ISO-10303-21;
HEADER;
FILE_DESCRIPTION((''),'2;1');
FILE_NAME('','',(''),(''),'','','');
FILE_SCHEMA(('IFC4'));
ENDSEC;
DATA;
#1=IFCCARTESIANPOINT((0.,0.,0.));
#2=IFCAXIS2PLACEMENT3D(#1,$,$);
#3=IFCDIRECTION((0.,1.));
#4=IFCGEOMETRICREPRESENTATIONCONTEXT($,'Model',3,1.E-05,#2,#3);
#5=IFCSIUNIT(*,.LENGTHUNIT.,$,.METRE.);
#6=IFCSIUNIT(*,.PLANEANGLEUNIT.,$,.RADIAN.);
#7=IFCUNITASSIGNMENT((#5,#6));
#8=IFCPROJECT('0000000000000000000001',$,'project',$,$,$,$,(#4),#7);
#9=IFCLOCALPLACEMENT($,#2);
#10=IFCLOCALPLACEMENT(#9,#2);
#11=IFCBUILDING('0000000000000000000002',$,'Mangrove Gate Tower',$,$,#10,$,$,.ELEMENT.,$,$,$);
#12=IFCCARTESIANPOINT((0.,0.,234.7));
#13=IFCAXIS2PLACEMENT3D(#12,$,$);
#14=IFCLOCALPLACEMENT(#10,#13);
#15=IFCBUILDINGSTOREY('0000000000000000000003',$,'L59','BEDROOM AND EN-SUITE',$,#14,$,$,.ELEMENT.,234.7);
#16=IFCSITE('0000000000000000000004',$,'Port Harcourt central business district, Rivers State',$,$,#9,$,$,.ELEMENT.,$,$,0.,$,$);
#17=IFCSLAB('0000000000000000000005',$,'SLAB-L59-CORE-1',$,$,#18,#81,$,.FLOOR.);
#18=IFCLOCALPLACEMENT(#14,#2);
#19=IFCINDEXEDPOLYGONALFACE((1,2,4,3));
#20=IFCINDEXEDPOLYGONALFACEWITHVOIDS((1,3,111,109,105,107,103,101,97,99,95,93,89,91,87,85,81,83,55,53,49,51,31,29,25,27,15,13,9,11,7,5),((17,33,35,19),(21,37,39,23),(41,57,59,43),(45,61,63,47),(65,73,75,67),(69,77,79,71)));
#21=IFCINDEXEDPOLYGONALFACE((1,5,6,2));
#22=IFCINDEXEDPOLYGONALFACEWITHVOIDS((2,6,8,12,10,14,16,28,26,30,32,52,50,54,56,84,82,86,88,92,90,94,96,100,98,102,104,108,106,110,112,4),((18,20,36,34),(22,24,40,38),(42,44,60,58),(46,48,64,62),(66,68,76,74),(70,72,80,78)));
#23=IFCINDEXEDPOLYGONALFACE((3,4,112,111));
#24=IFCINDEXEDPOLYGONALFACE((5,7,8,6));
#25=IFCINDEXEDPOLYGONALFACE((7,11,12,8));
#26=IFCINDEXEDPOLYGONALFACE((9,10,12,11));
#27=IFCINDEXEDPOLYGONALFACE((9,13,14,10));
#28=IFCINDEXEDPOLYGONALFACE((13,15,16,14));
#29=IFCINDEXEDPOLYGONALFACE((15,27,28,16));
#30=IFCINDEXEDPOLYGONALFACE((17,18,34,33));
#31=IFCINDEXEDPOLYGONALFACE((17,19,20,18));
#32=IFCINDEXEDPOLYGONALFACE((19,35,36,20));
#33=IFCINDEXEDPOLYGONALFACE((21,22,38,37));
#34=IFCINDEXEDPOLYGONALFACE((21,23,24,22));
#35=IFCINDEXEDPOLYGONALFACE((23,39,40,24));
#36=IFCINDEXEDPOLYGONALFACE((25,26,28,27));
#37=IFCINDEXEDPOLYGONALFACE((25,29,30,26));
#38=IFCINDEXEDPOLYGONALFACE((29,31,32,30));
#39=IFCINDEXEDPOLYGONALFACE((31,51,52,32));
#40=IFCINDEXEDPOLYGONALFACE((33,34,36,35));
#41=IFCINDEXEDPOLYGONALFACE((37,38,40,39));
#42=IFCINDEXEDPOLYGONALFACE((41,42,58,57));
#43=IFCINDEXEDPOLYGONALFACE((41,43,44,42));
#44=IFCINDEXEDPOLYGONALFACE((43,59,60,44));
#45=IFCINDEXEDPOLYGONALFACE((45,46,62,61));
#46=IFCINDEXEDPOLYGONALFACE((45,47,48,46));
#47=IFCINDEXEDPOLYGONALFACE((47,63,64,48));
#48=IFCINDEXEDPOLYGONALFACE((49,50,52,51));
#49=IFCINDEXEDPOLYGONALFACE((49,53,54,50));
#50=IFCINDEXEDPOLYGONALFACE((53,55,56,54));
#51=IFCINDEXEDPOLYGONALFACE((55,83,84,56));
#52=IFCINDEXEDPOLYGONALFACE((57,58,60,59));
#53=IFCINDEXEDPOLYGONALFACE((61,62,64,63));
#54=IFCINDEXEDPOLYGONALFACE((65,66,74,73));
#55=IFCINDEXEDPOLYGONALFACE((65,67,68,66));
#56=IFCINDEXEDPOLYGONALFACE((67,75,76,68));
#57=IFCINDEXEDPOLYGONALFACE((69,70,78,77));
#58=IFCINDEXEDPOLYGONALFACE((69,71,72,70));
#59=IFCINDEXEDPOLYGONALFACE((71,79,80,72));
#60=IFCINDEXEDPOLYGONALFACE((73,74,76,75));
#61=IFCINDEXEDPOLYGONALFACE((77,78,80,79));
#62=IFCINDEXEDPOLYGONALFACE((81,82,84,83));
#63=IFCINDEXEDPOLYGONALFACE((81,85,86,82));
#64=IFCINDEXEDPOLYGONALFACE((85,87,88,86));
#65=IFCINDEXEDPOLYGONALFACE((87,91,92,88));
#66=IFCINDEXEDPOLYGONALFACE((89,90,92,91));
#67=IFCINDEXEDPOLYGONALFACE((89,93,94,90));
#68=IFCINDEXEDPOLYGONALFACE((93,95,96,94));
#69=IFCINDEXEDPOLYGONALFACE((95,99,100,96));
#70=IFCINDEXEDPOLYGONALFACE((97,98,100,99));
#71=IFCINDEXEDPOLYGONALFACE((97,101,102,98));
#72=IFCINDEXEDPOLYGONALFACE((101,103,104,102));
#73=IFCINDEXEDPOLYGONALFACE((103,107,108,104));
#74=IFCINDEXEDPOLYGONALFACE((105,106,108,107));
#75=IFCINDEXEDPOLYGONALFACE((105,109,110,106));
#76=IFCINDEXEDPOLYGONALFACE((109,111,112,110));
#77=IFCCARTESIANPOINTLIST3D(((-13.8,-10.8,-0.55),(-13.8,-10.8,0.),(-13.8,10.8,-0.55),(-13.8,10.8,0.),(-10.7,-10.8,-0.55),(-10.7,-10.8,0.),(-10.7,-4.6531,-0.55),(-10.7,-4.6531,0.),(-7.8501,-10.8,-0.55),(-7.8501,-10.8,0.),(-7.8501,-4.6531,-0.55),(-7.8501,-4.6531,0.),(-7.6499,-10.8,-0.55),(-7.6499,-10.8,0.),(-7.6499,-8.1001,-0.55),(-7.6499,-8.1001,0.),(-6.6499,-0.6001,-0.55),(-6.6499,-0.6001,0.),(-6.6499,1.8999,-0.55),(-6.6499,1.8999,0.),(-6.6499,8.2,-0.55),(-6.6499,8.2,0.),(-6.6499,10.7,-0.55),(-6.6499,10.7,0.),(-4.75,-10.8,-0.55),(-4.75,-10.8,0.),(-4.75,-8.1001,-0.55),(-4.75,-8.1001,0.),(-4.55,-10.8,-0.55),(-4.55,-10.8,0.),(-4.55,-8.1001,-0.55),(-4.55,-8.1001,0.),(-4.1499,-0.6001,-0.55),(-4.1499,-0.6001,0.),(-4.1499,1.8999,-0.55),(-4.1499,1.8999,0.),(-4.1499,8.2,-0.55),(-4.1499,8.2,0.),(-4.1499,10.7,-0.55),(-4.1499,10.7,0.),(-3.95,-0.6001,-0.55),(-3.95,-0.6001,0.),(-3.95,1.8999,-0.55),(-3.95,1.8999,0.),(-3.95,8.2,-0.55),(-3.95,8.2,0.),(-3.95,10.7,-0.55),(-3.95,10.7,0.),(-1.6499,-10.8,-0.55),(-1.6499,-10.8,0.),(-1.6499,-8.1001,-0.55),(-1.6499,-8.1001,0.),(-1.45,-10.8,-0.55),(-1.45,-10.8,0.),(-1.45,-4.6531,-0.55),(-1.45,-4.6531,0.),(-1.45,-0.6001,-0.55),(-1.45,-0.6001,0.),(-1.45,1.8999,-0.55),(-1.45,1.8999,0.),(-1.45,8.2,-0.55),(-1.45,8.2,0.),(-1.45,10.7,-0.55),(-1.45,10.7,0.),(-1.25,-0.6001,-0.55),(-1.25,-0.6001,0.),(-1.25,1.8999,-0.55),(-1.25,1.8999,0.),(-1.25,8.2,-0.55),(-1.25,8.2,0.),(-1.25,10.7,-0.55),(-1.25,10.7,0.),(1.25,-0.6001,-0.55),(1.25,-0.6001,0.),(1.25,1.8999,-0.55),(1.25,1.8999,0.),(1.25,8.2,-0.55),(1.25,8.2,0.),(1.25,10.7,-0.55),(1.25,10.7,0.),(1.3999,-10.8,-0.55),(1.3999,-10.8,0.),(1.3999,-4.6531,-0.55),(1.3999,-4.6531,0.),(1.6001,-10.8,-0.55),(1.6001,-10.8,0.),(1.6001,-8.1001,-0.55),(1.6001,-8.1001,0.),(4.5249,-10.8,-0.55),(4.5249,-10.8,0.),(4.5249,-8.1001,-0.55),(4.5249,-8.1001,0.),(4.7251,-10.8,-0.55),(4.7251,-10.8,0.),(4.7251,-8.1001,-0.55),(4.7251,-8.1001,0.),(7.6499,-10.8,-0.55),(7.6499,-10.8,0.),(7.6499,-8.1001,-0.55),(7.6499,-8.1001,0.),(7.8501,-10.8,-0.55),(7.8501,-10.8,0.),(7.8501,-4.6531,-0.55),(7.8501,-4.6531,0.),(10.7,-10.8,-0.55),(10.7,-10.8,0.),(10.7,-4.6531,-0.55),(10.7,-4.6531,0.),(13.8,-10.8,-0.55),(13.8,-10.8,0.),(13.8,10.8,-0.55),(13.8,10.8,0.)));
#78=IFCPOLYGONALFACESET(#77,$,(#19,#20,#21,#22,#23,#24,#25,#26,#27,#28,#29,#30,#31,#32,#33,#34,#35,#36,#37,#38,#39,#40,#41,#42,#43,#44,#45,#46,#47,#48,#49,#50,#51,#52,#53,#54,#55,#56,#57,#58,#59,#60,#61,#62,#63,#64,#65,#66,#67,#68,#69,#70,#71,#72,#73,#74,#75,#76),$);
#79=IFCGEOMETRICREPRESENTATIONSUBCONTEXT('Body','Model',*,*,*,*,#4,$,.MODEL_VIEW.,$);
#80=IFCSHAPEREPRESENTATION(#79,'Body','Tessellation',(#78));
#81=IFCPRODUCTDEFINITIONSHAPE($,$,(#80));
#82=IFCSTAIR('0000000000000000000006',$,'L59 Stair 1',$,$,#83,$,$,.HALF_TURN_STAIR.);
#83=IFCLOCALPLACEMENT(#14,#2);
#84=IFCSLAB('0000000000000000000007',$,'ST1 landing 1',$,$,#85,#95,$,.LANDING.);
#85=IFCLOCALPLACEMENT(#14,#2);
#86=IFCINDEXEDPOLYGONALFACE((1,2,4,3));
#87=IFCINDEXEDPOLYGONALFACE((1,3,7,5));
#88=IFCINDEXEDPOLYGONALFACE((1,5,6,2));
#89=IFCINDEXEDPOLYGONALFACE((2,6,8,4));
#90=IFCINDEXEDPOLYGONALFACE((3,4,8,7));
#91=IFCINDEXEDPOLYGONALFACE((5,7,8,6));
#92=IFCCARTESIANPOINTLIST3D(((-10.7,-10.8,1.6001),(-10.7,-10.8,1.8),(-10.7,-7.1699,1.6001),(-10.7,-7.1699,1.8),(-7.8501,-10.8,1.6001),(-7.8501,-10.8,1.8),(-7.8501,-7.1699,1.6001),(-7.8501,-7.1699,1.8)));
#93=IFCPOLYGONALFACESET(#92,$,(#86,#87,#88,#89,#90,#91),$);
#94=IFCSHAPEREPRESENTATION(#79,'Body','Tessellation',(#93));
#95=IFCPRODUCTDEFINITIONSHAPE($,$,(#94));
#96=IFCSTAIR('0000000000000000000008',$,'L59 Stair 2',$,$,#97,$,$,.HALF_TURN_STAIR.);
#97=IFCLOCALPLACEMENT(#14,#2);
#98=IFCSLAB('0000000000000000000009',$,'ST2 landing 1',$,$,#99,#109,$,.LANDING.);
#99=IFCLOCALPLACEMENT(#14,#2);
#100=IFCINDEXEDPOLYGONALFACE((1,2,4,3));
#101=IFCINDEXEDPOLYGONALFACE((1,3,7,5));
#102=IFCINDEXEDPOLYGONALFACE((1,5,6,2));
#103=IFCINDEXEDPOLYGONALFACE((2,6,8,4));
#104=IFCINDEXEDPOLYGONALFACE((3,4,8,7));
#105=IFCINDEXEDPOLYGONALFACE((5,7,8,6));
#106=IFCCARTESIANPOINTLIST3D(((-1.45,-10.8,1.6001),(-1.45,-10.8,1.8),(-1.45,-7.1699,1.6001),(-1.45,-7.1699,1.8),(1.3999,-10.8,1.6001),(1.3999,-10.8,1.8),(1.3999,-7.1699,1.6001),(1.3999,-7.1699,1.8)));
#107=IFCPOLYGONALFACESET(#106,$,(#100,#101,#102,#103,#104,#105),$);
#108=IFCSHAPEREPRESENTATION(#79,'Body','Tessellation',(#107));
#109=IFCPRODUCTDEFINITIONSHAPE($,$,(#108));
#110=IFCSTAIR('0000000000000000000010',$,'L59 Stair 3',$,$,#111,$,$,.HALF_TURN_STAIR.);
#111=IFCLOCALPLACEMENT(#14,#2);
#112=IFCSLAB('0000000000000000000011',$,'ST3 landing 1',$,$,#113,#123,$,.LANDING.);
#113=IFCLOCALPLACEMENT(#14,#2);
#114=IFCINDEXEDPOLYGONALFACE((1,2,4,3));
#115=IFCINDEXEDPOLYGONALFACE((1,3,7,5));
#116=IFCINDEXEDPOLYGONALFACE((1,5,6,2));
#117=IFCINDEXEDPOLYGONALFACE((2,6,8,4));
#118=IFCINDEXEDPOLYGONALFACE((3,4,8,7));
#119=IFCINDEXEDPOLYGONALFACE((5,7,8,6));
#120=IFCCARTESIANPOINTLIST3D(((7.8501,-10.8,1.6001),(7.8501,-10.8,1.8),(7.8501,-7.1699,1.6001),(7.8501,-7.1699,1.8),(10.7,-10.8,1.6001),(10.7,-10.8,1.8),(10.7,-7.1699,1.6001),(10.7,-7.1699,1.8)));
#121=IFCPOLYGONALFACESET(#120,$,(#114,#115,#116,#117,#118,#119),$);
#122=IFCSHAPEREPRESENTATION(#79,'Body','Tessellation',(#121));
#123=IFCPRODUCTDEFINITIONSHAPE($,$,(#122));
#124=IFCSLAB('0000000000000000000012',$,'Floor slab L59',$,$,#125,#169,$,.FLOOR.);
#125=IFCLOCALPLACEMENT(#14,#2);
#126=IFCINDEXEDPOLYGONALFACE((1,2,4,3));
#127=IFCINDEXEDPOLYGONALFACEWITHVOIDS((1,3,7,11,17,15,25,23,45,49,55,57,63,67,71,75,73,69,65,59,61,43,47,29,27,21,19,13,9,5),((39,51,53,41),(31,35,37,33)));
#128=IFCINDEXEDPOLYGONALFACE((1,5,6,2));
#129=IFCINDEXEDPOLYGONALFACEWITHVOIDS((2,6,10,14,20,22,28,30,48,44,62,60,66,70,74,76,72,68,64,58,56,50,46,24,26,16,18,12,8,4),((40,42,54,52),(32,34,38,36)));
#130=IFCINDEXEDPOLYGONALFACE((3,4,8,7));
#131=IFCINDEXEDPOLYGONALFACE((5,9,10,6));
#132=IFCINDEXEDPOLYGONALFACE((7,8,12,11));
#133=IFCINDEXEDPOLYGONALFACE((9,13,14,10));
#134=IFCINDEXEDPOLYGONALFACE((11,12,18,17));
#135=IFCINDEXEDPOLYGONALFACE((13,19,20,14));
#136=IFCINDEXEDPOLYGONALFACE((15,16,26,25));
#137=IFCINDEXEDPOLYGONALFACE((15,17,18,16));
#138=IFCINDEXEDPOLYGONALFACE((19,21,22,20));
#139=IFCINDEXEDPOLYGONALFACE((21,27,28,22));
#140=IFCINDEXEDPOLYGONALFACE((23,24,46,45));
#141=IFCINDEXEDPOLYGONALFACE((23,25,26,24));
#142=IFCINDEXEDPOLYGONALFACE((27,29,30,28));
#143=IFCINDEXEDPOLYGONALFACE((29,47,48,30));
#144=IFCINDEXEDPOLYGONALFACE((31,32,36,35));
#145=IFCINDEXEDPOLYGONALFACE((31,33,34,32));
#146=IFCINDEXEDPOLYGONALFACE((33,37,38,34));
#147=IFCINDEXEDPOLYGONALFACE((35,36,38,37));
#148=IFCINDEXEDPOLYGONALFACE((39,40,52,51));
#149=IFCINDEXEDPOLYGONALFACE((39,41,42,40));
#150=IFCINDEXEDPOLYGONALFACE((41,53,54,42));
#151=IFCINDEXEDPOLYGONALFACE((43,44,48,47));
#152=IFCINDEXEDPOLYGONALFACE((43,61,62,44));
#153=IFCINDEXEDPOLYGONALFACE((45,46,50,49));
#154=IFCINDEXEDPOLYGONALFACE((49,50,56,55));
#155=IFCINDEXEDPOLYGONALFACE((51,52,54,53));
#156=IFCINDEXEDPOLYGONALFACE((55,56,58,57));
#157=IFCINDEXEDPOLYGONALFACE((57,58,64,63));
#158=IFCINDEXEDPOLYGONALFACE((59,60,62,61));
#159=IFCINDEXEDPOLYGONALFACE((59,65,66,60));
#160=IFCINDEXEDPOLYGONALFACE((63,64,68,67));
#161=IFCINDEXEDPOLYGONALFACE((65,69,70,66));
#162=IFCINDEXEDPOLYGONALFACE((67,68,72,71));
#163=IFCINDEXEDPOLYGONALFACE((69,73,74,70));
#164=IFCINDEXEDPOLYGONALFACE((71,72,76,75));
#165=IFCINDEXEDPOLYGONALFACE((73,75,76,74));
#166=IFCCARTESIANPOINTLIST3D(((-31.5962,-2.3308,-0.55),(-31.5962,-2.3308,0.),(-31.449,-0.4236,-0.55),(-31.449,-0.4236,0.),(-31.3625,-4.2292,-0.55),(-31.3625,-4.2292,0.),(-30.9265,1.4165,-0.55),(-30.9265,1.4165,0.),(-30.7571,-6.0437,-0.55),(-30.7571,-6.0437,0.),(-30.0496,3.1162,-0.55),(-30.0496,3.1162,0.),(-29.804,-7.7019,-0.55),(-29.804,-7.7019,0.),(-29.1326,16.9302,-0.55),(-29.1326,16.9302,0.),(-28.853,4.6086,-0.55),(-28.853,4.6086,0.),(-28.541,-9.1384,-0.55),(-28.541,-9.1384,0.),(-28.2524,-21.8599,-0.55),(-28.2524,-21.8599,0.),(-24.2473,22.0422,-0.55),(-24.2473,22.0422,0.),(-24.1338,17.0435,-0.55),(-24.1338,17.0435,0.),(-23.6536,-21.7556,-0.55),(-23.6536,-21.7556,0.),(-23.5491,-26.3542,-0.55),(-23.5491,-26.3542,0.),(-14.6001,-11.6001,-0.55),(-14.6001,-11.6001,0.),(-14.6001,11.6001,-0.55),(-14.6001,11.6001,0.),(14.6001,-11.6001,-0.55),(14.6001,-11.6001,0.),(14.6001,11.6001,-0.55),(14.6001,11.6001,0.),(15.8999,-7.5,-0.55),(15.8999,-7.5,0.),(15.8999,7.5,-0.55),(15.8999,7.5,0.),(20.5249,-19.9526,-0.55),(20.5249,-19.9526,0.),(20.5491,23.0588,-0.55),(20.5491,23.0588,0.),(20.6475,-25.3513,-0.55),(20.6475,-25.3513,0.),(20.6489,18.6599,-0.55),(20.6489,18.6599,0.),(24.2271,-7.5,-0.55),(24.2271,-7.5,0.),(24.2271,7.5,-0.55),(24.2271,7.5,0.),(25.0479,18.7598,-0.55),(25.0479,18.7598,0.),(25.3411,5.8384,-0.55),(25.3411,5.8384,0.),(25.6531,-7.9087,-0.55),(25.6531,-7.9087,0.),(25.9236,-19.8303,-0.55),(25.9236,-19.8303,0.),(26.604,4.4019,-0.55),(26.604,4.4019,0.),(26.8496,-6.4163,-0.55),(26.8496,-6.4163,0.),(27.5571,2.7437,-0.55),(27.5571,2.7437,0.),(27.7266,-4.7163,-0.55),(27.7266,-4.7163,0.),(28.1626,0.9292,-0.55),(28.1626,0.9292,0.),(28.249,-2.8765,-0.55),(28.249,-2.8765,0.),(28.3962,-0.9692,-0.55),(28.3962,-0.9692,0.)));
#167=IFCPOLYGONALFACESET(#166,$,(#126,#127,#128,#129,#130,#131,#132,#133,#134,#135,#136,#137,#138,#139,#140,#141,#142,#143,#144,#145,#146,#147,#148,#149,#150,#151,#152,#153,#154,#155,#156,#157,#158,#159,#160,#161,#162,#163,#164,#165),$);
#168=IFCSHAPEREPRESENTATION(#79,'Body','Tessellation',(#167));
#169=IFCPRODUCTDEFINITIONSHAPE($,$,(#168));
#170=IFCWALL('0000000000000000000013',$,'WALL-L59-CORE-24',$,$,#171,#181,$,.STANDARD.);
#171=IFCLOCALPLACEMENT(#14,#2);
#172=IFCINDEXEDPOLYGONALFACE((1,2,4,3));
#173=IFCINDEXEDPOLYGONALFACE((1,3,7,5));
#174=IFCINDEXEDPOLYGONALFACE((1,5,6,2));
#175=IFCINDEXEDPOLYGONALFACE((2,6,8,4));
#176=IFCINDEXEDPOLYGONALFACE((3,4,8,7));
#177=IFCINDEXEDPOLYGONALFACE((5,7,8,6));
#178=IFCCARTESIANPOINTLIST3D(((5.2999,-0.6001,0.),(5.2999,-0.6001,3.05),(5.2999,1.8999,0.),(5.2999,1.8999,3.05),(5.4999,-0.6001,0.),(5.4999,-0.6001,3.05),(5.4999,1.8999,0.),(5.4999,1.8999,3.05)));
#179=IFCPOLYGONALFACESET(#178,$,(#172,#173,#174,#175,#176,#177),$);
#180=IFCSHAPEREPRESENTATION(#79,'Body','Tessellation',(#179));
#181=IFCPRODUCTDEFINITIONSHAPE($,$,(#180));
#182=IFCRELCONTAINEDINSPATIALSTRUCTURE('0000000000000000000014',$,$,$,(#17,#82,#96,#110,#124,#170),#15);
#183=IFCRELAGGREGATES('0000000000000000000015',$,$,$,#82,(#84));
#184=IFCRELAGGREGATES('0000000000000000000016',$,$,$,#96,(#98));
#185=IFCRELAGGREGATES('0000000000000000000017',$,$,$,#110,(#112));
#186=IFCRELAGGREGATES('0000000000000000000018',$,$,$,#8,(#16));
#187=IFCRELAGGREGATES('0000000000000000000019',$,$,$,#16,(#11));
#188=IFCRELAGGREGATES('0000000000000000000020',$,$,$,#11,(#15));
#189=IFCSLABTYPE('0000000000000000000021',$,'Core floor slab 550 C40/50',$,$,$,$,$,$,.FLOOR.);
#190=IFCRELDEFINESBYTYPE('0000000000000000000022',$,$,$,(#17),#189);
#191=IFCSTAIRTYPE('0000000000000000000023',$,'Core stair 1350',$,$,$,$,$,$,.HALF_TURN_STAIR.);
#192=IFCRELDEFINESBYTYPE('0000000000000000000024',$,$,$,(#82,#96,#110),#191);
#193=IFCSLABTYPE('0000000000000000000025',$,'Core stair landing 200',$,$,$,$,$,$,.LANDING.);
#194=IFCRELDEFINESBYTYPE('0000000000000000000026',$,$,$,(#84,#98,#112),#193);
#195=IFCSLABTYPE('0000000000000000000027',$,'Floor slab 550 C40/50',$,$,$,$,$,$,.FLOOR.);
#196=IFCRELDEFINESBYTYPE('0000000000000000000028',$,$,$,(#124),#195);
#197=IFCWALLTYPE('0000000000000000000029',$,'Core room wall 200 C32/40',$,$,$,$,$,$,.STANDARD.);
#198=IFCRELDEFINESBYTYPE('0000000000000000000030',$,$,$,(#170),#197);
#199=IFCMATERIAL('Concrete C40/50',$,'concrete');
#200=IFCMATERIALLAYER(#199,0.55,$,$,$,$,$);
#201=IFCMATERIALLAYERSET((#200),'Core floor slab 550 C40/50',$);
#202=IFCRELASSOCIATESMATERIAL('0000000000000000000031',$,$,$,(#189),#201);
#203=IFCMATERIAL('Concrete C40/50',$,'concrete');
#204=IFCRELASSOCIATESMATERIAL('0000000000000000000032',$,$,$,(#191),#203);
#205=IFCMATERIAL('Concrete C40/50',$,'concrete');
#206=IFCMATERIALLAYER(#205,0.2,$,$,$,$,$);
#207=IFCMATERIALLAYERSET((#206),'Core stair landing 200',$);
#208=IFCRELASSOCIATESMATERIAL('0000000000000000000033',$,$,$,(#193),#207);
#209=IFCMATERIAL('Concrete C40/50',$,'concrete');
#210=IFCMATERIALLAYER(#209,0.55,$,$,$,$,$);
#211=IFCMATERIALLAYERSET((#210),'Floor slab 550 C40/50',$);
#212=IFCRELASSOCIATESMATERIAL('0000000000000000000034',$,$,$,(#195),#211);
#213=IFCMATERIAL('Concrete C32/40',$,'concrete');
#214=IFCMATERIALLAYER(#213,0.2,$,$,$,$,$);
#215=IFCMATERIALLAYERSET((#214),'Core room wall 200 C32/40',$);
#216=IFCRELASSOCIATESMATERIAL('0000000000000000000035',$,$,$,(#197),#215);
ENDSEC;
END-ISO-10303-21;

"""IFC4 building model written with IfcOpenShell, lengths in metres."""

from ifc_helpers import new_model, si_unit, direction, frame, frame_2d, origin, place, context, subcontext, project, spatial, polyline, rectangle, outline, extrude, material, layer, layer_set, type_object, element, aggregate, save


model = new_model("IFC4")

# Units and contexts
model_context = context("Model", 3, precision=1e-05, world=origin(), true_north=direction((0.0, 1.0)))
body_context = subcontext(model_context, "Body", "Model", "MODEL_VIEW")
ifc_project = project(units=[si_unit("LENGTHUNIT", "METRE"), si_unit("PLANEANGLEUNIT", "RADIAN")], contexts=[model_context])

# Site, building, storey
site_placement = place(None, origin())
site = spatial("IfcSite", under=ifc_project, at=site_placement, Name="Port Harcourt central business district, Rivers State", CompositionType="ELEMENT", RefElevation=0.0)
building_placement = place(site_placement, origin())
building = spatial("IfcBuilding", under=site, at=building_placement, Name="Mangrove Gate Tower", CompositionType="ELEMENT")
storey_placement = place(building_placement, frame((0.0, 0.0, 234.7)))
storey = spatial("IfcBuildingStorey", under=building, at=storey_placement, Name="L59", Description="BEDROOM AND EN-SUITE", CompositionType="ELEMENT", Elevation=234.7)

# Slab
ifc_material_1 = material(Name="Concrete C40/50", Category="concrete")
ifc_layer_1 = layer(ifc_material_1, 0.55)
ifc_layer_set_1 = layer_set([ifc_layer_1], Name="Core floor slab 550 C40/50")
slab_type_1 = type_object("IfcSlabType", Name="Core floor slab 550 C40/50", PredefinedType="FLOOR", material=ifc_layer_set_1)
slab_1_placement = place(storey_placement, frame((0.0, 0.0, -0.55)))
element("IfcSlab", 1, at=slab_1_placement, inside=storey, type_object=slab_type_1, Name="SLAB-L59-CORE-1", PredefinedType="FLOOR", context=body_context, shape_type="SweptSolid", body=[
    extrude(outline(polyline([(-13.8, -10.8), (-13.8, 10.8), (13.8, 10.8), (13.8, -10.8), (10.7, -10.8), (10.7, -4.6531), (7.8501, -4.6531), (7.8501, -10.8), (7.6499, -10.8), (7.6499, -8.1001), (4.7251, -8.1001), (4.7251, -10.8), (4.5249, -10.8), (4.5249, -8.1001), (1.6001, -8.1001), (1.6001, -10.8), (1.3999, -10.8), (1.3999, -4.6531), (-1.45, -4.6531), (-1.45, -10.8), (-1.6499, -10.8), (-1.6499, -8.1001), (-4.55, -8.1001), (-4.55, -10.8), (-4.75, -10.8), (-4.75, -8.1001), (-7.6499, -8.1001), (-7.6499, -10.8), (-7.8501, -10.8), (-7.8501, -4.6531), (-10.7, -4.6531), (-10.7, -10.8), (-13.8, -10.8)]), holes=[polyline([(-4.1499, 1.8999), (-6.6499, 1.8999), (-6.6499, -0.6001), (-4.1499, -0.6001), (-4.1499, 1.8999)]), polyline([(-1.45, -0.6001), (-1.45, 1.8999), (-3.95, 1.8999), (-3.95, -0.6001), (-1.45, -0.6001)]), polyline([(-4.1499, 8.2), (-4.1499, 10.7), (-6.6499, 10.7), (-6.6499, 8.2), (-4.1499, 8.2)]), polyline([(-1.45, 10.7), (-3.95, 10.7), (-3.95, 8.2), (-1.45, 8.2), (-1.45, 10.7)]), polyline([(1.25, -0.6001), (1.25, 1.8999), (-1.25, 1.8999), (-1.25, -0.6001), (1.25, -0.6001)]), polyline([(1.25, 8.2), (1.25, 10.7), (-1.25, 10.7), (-1.25, 8.2), (1.25, 8.2)])]), origin(), (0.0, 0.0, 1.0), 0.55),
])

# Stairs, slabs
ifc_material_2 = material(Name="Concrete C40/50", Category="concrete")
stair_type = type_object("IfcStairType", Name="Core stair 1350", PredefinedType="HALF_TURN_STAIR", material=ifc_material_2)
stair_1_placement = place(storey_placement, origin())
stair_1 = element("IfcStair", 2, at=stair_1_placement, inside=storey, type_object=stair_type, Name="L59 Stair 1", PredefinedType="HALF_TURN_STAIR")
ifc_material_3 = material(Name="Concrete C40/50", Category="concrete")
ifc_layer_2 = layer(ifc_material_3, 0.2)
ifc_layer_set_2 = layer_set([ifc_layer_2], Name="Core stair landing 200")
slab_type_2 = type_object("IfcSlabType", Name="Core stair landing 200", PredefinedType="LANDING", material=ifc_layer_set_2)
slab_2_placement = place(storey_placement, frame((0.0, 0.0, 1.6001)))
slab_2 = element("IfcSlab", 3, at=slab_2_placement, type_object=slab_type_2, Name="ST1 landing 1", PredefinedType="LANDING", context=body_context, shape_type="SweptSolid", body=[
    extrude(outline(polyline([(-10.7, -7.1699), (-10.7, -10.8), (-7.8501, -10.8), (-7.8501, -7.1699), (-10.7, -7.1699)])), origin(), (0.0, 0.0, 1.0), 0.2),
])
aggregate(stair_1, [slab_2])
stair_2_placement = place(storey_placement, origin())
stair_2 = element("IfcStair", 4, at=stair_2_placement, inside=storey, type_object=stair_type, Name="L59 Stair 2", PredefinedType="HALF_TURN_STAIR")
slab_3_placement = place(storey_placement, frame((0.0, 0.0, 1.6001)))
slab_3 = element("IfcSlab", 5, at=slab_3_placement, type_object=slab_type_2, Name="ST2 landing 1", PredefinedType="LANDING", context=body_context, shape_type="SweptSolid", body=[
    extrude(outline(polyline([(-1.45, -7.1699), (-1.45, -10.8), (1.3999, -10.8), (1.3999, -7.1699), (-1.45, -7.1699)])), origin(), (0.0, 0.0, 1.0), 0.2),
])
aggregate(stair_2, [slab_3])
stair_3_placement = place(storey_placement, origin())
stair_3 = element("IfcStair", 6, at=stair_3_placement, inside=storey, type_object=stair_type, Name="L59 Stair 3", PredefinedType="HALF_TURN_STAIR")
slab_4_placement = place(storey_placement, frame((0.0, 0.0, 1.6001)))
slab_4 = element("IfcSlab", 7, at=slab_4_placement, type_object=slab_type_2, Name="ST3 landing 1", PredefinedType="LANDING", context=body_context, shape_type="SweptSolid", body=[
    extrude(outline(polyline([(7.8501, -7.1699), (7.8501, -10.8), (10.7, -10.8), (10.7, -7.1699), (7.8501, -7.1699)])), origin(), (0.0, 0.0, 1.0), 0.2),
])
aggregate(stair_3, [slab_4])

# Slab
ifc_material_4 = material(Name="Concrete C40/50", Category="concrete")
ifc_layer_3 = layer(ifc_material_4, 0.55)
ifc_layer_set_3 = layer_set([ifc_layer_3], Name="Floor slab 550 C40/50")
slab_type_3 = type_object("IfcSlabType", Name="Floor slab 550 C40/50", PredefinedType="FLOOR", material=ifc_layer_set_3)
slab_5_placement = place(storey_placement, frame((0.0, 0.0, -0.55)))
element("IfcSlab", 8, at=slab_5_placement, inside=storey, type_object=slab_type_3, Name="Floor slab L59", PredefinedType="FLOOR", context=body_context, shape_type="SweptSolid", body=[
    extrude(outline(polyline([(-23.5491, -26.3542), (20.6475, -25.3513), (20.5249, -19.9526), (25.9236, -19.8303), (25.6531, -7.9087), (26.8496, -6.4163), (27.7266, -4.7163), (28.249, -2.8765), (28.3962, -0.9692), (28.1626, 0.9292), (27.5571, 2.7437), (26.604, 4.4019), (25.3411, 5.8384), (25.0479, 18.7598), (20.6489, 18.6599), (20.5491, 23.0588), (-24.2473, 22.0422), (-24.1338, 17.0435), (-29.1326, 16.9302), (-28.853, 4.6086), (-30.0496, 3.1162), (-30.9265, 1.4165), (-31.449, -0.4236), (-31.5962, -2.3308), (-31.3625, -4.2292), (-30.7571, -6.0437), (-29.804, -7.7019), (-28.541, -9.1384), (-28.2524, -21.8599), (-23.6536, -21.7556), (-23.5491, -26.3542)]), holes=[polyline([(15.8999, 7.5), (24.2271, 7.5), (24.2271, -7.5), (15.8999, -7.5), (15.8999, 7.5)]), polyline([(-14.6001, -11.6001), (-14.6001, 11.6001), (14.6001, 11.6001), (14.6001, -11.6001), (-14.6001, -11.6001)])]), origin(), (0.0, 0.0, 1.0), 0.55),
])

# Wall
ifc_material_5 = material(Name="Concrete C32/40", Category="concrete")
ifc_layer_4 = layer(ifc_material_5, 0.2)
ifc_layer_set_4 = layer_set([ifc_layer_4], Name="Core room wall 200 C32/40")
wall_type_1 = type_object("IfcWallType", Name="Core room wall 200 C32/40", PredefinedType="STANDARD", material=ifc_layer_set_4)
for number, where, z_axis, x_axis, name in (
    (9, (5.3999, -0.6001, 0.0), (0.0, 0.0, 1.0), (0.0, 1.0, 0.0), "WALL-L59-CORE-24"),
):
    element("IfcWall", number, at=place(storey_placement, frame(where, z_axis=z_axis, x_axis=x_axis)), inside=storey, type_object=wall_type_1, Name=name, PredefinedType="STANDARD", context=body_context, shape_type="SweptSolid", body=[
        extrude(rectangle(XDim=2.5, YDim=0.2, at=frame_2d((1.25, 0.0))), origin(), (0.0, 0.0, 1.0), 3.05),
    ])

save(model, "model.ifc")
